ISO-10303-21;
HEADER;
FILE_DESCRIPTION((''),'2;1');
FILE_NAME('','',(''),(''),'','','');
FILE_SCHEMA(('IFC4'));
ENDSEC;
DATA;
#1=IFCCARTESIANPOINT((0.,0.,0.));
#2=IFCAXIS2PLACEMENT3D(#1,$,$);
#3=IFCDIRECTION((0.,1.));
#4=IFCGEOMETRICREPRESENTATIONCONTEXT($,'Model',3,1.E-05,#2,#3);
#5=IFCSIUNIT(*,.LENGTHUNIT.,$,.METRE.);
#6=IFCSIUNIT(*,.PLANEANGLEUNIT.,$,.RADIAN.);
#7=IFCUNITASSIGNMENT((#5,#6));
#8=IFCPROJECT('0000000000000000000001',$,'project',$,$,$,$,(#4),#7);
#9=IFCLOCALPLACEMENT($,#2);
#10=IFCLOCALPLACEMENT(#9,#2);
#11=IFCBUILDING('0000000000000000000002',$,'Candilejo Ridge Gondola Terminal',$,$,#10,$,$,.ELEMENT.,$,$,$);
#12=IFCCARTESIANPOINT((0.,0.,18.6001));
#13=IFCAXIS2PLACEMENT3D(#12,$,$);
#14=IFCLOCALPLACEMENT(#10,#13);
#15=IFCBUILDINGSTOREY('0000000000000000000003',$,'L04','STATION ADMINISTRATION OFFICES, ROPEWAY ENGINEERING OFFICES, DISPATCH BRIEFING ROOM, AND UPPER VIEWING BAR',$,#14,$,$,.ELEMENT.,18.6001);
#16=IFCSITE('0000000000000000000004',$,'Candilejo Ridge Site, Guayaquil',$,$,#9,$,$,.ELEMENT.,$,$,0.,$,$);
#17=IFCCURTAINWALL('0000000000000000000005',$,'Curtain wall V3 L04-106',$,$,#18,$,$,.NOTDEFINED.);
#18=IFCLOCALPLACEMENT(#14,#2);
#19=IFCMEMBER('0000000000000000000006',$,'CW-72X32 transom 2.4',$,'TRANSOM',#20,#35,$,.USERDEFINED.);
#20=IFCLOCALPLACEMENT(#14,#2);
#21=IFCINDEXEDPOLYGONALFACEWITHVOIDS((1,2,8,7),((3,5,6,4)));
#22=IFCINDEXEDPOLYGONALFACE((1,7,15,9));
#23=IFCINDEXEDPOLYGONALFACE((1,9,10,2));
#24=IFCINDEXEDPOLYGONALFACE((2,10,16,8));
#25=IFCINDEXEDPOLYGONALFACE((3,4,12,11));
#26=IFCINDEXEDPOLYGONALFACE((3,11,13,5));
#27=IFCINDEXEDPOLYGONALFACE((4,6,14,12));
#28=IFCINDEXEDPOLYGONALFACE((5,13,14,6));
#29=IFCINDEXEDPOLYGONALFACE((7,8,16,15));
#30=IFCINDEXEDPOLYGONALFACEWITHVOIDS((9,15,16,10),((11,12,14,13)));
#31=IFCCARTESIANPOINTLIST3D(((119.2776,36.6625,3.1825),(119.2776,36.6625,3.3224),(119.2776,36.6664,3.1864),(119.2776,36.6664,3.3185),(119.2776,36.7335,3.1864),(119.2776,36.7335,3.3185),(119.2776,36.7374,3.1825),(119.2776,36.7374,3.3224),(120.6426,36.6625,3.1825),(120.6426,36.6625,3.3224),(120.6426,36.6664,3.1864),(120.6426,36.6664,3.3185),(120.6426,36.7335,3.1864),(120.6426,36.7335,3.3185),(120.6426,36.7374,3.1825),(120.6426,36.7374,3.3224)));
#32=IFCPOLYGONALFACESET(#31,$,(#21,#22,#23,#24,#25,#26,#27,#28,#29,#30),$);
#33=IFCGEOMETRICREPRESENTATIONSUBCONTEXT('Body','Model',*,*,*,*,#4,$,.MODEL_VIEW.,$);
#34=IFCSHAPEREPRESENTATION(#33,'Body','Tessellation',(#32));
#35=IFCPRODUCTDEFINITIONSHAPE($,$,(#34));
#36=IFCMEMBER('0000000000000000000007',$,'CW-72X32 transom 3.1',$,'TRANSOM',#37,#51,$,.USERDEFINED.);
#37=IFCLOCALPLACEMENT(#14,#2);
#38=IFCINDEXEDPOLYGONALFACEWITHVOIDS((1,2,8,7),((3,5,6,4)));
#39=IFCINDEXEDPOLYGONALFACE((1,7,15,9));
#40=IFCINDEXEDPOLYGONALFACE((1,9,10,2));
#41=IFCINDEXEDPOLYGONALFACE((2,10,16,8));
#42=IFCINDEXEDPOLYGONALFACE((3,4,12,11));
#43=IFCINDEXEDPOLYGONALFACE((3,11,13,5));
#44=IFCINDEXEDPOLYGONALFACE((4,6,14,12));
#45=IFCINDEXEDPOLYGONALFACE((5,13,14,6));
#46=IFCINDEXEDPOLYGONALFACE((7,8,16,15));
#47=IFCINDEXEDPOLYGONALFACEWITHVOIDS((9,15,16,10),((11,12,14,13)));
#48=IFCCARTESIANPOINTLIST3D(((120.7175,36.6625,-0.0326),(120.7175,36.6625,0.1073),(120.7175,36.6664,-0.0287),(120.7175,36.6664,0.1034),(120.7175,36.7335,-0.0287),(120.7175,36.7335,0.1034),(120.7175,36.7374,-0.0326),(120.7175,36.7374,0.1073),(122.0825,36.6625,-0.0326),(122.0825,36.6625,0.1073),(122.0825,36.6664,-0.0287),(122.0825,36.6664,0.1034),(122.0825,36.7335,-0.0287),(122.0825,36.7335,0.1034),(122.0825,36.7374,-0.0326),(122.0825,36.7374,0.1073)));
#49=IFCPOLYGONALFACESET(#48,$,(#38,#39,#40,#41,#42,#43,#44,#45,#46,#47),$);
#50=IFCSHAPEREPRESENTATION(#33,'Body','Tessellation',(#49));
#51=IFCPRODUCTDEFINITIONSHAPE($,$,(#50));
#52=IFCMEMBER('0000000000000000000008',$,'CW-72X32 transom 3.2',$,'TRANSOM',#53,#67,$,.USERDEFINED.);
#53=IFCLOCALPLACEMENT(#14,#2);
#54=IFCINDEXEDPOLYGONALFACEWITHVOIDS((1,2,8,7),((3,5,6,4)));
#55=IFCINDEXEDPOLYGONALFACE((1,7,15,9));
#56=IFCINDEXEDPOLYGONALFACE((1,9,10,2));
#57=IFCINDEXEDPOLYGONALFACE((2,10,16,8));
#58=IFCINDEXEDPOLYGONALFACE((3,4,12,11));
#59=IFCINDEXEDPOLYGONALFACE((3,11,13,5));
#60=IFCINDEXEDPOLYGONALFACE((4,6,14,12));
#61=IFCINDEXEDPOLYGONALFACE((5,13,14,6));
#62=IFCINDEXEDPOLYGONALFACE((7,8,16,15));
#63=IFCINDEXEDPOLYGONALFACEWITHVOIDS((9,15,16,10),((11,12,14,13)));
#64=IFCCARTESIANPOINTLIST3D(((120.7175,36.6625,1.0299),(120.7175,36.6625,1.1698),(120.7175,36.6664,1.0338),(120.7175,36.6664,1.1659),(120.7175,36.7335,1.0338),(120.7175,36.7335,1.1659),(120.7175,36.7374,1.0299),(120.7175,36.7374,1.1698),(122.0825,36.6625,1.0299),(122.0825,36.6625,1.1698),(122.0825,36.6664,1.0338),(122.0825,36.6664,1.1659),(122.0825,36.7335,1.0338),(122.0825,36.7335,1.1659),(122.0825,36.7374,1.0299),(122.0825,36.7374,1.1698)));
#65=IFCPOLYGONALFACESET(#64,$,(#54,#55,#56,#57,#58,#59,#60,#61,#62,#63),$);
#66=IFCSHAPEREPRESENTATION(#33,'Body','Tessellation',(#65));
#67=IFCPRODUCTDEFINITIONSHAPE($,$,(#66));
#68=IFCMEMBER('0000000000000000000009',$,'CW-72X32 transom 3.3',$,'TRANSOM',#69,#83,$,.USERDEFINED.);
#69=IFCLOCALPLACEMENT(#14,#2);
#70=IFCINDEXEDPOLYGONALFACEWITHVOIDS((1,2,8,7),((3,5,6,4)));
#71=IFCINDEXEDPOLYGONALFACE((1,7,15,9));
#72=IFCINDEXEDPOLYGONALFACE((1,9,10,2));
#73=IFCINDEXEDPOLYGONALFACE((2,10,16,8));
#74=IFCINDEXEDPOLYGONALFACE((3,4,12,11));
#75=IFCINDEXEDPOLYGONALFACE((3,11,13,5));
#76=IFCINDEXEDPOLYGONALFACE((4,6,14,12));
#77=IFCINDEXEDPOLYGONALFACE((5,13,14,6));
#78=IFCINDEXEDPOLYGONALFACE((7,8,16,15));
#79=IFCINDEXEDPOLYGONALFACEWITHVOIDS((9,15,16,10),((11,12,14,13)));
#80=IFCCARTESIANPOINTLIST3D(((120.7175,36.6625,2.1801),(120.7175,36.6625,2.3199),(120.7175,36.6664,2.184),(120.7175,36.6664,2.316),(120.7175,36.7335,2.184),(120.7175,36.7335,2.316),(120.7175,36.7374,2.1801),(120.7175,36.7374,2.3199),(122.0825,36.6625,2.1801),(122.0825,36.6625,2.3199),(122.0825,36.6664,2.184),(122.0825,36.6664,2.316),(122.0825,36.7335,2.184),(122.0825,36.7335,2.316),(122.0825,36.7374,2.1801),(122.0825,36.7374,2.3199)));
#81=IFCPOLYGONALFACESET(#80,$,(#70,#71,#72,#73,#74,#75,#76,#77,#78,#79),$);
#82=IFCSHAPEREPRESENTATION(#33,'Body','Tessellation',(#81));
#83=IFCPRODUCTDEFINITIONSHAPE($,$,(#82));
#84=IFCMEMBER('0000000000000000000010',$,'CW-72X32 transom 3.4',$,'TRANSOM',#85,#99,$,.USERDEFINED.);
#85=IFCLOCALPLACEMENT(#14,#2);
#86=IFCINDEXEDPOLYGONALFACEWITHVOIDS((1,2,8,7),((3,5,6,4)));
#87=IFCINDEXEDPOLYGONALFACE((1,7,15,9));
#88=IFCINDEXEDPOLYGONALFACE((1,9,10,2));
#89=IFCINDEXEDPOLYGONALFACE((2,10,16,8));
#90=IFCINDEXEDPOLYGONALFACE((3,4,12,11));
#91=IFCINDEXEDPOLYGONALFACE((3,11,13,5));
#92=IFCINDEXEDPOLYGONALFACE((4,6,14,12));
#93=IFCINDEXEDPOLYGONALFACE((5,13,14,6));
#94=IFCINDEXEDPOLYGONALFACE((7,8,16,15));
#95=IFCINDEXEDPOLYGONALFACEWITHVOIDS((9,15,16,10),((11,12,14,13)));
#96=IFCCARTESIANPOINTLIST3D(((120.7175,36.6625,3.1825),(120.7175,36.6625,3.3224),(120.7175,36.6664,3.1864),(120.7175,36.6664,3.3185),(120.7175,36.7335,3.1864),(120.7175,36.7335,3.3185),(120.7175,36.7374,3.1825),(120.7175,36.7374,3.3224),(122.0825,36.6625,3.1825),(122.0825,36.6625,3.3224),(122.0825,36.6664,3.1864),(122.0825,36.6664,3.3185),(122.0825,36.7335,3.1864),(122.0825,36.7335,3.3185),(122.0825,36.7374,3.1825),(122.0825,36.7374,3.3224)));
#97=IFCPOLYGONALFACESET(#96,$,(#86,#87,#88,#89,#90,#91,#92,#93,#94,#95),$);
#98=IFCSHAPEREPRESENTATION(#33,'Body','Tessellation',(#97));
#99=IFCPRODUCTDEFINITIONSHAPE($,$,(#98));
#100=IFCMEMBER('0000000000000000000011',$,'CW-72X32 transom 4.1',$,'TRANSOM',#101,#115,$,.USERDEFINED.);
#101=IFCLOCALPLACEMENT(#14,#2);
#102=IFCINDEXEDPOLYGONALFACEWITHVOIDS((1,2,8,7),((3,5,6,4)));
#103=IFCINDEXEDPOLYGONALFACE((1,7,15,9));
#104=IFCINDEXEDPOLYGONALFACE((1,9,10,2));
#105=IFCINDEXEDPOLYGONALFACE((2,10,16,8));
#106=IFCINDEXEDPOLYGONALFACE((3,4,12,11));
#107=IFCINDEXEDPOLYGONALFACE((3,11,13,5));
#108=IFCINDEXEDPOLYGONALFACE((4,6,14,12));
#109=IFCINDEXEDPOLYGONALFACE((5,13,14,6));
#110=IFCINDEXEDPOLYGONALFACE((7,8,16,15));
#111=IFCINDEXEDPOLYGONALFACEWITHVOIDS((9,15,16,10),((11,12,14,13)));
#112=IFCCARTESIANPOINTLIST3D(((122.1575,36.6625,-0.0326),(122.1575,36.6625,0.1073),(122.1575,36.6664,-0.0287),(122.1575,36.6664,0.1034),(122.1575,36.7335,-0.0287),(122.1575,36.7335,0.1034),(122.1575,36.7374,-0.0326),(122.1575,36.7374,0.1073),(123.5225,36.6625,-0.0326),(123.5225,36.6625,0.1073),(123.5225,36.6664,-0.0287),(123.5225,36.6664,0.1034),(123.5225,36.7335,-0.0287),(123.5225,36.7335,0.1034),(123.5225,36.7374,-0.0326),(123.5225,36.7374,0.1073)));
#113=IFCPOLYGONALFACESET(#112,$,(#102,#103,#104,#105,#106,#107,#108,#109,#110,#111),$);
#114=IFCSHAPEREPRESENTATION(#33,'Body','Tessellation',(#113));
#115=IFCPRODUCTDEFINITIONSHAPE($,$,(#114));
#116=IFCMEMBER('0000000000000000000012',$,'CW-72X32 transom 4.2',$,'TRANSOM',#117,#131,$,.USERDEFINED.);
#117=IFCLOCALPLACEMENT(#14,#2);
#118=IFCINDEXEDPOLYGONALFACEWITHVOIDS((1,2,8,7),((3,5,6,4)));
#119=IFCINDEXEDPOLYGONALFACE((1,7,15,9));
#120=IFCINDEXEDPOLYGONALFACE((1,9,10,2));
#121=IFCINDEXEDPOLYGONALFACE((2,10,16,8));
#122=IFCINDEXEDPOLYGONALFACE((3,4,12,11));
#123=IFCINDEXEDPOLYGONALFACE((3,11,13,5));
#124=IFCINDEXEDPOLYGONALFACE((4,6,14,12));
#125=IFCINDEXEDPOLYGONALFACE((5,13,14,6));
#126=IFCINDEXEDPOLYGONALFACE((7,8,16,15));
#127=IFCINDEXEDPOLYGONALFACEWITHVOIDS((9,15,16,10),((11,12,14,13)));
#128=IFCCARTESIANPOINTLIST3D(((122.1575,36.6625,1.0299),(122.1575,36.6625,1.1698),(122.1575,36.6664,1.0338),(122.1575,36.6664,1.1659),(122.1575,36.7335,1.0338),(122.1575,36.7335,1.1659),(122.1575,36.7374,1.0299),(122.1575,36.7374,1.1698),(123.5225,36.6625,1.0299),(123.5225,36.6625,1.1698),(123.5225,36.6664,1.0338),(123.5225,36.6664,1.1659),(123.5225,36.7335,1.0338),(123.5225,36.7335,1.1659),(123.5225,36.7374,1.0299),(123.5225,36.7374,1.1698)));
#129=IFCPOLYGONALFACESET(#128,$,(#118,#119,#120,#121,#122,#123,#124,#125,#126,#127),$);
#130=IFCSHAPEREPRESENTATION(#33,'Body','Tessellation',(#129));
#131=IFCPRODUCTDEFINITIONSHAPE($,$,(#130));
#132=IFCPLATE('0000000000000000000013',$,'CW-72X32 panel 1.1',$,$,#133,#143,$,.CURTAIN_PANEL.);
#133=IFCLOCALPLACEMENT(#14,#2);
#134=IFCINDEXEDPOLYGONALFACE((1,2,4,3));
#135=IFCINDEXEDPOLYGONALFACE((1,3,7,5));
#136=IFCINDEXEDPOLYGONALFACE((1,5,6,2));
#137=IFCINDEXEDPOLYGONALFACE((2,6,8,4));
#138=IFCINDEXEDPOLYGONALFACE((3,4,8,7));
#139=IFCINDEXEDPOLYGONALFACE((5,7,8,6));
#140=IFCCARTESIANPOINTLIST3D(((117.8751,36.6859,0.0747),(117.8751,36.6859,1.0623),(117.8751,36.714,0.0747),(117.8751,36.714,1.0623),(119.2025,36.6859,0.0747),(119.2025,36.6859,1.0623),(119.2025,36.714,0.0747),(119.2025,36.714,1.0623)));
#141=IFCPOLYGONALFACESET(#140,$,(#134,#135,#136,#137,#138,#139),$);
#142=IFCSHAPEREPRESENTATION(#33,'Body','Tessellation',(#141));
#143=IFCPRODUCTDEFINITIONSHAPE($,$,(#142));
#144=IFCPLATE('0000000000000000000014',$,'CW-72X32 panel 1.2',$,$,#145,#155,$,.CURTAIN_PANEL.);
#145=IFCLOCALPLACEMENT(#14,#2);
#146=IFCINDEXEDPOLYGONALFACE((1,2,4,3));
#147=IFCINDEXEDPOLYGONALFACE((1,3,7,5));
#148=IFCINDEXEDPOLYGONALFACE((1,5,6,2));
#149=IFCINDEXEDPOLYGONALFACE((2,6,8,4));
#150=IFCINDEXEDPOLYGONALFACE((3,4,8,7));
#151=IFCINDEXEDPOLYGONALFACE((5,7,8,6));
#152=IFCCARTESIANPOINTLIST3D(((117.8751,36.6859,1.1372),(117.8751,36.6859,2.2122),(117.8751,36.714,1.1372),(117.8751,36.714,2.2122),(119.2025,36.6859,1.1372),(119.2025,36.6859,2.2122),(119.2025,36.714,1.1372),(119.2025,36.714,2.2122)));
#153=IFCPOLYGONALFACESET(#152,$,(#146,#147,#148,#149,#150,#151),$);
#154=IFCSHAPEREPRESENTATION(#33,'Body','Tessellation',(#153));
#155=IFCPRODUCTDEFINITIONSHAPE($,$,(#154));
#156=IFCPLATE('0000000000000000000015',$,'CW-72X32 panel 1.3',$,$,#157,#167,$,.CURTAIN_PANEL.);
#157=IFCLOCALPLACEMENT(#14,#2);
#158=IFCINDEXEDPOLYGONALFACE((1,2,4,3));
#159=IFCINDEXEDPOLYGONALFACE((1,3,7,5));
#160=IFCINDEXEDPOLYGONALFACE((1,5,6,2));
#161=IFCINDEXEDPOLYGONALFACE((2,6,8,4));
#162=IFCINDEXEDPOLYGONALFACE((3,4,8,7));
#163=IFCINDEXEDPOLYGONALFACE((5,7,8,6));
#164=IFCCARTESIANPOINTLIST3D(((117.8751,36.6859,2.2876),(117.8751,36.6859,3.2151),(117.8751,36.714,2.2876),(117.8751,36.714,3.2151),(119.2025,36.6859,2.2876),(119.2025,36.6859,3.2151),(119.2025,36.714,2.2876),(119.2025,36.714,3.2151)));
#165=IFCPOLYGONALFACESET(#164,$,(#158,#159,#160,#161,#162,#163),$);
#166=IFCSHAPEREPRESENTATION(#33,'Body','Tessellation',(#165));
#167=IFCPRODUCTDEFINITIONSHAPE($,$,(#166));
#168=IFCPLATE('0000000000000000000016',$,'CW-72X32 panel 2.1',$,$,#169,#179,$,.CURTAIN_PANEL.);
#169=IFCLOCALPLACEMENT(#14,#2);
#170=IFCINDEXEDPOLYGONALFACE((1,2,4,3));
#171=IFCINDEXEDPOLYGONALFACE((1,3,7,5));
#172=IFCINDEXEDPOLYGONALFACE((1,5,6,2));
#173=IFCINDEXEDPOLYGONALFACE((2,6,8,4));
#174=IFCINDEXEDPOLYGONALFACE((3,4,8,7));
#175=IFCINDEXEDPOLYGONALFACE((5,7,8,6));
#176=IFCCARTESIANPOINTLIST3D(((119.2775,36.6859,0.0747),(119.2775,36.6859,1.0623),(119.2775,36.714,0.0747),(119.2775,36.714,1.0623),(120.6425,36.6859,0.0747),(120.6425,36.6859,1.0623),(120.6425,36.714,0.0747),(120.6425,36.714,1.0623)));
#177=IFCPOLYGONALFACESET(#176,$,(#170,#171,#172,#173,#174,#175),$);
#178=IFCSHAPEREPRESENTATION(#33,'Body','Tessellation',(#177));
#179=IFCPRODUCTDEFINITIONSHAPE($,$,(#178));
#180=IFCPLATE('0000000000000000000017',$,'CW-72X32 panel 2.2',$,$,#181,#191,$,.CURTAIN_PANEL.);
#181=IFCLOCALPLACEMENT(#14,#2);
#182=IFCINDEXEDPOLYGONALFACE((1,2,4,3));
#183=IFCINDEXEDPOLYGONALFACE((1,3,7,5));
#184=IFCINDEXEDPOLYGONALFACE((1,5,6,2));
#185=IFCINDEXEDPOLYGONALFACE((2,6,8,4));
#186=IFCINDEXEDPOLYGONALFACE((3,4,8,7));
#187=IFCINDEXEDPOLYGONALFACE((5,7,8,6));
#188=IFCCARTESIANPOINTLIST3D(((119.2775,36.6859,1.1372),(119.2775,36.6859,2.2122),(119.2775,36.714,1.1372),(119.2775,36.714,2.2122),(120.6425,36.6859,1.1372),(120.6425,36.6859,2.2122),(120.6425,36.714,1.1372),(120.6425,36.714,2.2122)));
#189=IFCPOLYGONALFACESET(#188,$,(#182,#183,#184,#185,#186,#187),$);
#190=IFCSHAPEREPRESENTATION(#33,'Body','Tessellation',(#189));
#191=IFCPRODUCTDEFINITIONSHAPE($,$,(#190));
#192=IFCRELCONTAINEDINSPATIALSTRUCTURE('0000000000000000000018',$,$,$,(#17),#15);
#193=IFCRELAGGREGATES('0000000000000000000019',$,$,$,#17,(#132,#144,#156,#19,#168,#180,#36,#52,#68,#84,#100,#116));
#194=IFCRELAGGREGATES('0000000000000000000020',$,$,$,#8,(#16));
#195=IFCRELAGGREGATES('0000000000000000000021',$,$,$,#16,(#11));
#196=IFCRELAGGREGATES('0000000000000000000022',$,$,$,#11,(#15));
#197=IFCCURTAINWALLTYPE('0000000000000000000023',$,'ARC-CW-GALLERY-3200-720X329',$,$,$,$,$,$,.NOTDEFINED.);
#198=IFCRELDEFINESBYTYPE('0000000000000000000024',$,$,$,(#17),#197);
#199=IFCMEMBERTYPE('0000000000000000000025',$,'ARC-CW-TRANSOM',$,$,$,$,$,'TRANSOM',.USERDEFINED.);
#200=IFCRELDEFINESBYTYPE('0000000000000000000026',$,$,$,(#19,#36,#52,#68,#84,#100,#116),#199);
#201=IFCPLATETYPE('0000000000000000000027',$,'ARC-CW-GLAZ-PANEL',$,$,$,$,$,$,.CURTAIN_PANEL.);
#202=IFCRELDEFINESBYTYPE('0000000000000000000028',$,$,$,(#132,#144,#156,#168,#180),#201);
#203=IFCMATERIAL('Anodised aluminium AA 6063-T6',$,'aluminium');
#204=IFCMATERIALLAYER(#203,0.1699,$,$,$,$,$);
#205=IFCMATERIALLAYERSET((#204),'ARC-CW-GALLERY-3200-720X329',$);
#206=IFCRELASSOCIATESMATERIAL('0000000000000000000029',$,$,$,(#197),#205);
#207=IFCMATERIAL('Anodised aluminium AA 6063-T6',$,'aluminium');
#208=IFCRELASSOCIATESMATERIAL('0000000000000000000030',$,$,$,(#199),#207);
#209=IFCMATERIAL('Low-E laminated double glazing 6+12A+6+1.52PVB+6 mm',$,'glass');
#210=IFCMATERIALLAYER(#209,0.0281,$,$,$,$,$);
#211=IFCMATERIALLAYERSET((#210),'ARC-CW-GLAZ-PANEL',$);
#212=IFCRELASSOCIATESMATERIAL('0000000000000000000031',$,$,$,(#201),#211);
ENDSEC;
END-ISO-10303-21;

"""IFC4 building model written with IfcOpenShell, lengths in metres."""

from ifc_helpers import new_model, si_unit, direction, frame, origin, origin_2d, place, context, subcontext, project, spatial, rectangle, hollow_rectangle, extrude, material, layer, layer_set, material_profile, profile_set, type_object, element, aggregate, save


model = new_model("IFC4")

# Units and contexts
model_context = context("Model", 3, precision=1e-05, world=origin(), true_north=direction((0.0, 1.0)))
body_context = subcontext(model_context, "Body", "Model", "MODEL_VIEW")
ifc_project = project(units=[si_unit("LENGTHUNIT", "METRE"), si_unit("PLANEANGLEUNIT", "RADIAN")], contexts=[model_context])

# Site, building, storey
site_placement = place(None, origin())
site = spatial("IfcSite", under=ifc_project, at=site_placement, Name="Candilejo Ridge Site, Guayaquil", CompositionType="ELEMENT", RefElevation=0.0)
building_placement = place(site_placement, origin())
building = spatial("IfcBuilding", under=site, at=building_placement, Name="Candilejo Ridge Gondola Terminal", CompositionType="ELEMENT")
storey_placement = place(building_placement, frame((0.0, 0.0, 18.6001)))
storey = spatial("IfcBuildingStorey", under=building, at=storey_placement, Name="L04", Description="STATION ADMINISTRATION OFFICES, ROPEWAY ENGINEERING OFFICES, DISPATCH BRIEFING ROOM, AND UPPER VIEWING BAR", CompositionType="ELEMENT", Elevation=18.6001)

# Curtain wall, members, plates
ifc_material_1 = material(Name="Anodised aluminium AA 6063-T6", Category="aluminium")
ifc_layer_1 = layer(ifc_material_1, 0.1699)
ifc_layer_set_1 = layer_set([ifc_layer_1], Name="ARC-CW-GALLERY-3200-720X329")
curtain_wall_type = type_object("IfcCurtainWallType", Name="ARC-CW-GALLERY-3200-720X329", PredefinedType="NOTDEFINED", material=ifc_layer_set_1)
curtain_wall_placement = place(storey_placement, origin())
curtain_wall = element("IfcCurtainWall", 1, at=curtain_wall_placement, inside=storey, type_object=curtain_wall_type, Name="Curtain wall V3 L04-106", PredefinedType="NOTDEFINED")
ifc_material_2 = material(Name="Anodised aluminium AA 6063-T6", Category="aluminium")
ifc_material_profile_1 = material_profile(ifc_material_2, hollow_rectangle(XDim=0.075, YDim=0.1399, WallThickness=0.0039, at=origin_2d()))
ifc_profile_set_1 = profile_set([ifc_material_profile_1], Name="Anodised aluminium AA 6063-T6")
member_type_1 = type_object("IfcMemberType", Name="ARC-CW-TRANSOM", ElementType="TRANSOM", PredefinedType="USERDEFINED", material=ifc_profile_set_1)
member_1_placement = place(storey_placement, frame((119.2776, 36.7, 3.2524), z_axis=(1.0, 0.0, 0.0), x_axis=(0.0, 1.0, 0.0)))
member_1 = element("IfcMember", 2, at=member_1_placement, type_object=member_type_1, Name="CW-72X32 transom 2.4", ObjectType="TRANSOM", PredefinedType="USERDEFINED", context=body_context, shape_type="SweptSolid", body=[
    extrude(hollow_rectangle(XDim=0.075, YDim=0.1399, WallThickness=0.0039, at=origin_2d()), origin(), (0.0, 0.0, 1.0), 1.365),
])
member_2_placement = place(storey_placement, frame((120.7175, 36.7, 0.0374), z_axis=(1.0, 0.0, 0.0), x_axis=(0.0, 1.0, 0.0)))
member_2 = element("IfcMember", 3, at=member_2_placement, type_object=member_type_1, Name="CW-72X32 transom 3.1", ObjectType="TRANSOM", PredefinedType="USERDEFINED", context=body_context, shape_type="SweptSolid", body=[
    extrude(hollow_rectangle(XDim=0.075, YDim=0.1399, WallThickness=0.0039, at=origin_2d()), origin(), (0.0, 0.0, 1.0), 1.365),
])
member_3_placement = place(storey_placement, frame((120.7175, 36.7, 1.0999), z_axis=(1.0, 0.0, 0.0), x_axis=(0.0, 1.0, 0.0)))
member_3 = element("IfcMember", 4, at=member_3_placement, type_object=member_type_1, Name="CW-72X32 transom 3.2", ObjectType="TRANSOM", PredefinedType="USERDEFINED", context=body_context, shape_type="SweptSolid", body=[
    extrude(hollow_rectangle(XDim=0.075, YDim=0.1399, WallThickness=0.0039, at=origin_2d()), origin(), (0.0, 0.0, 1.0), 1.365),
])
member_4_placement = place(storey_placement, frame((120.7175, 36.7, 2.25), z_axis=(1.0, 0.0, 0.0), x_axis=(0.0, 1.0, 0.0)))
member_4 = element("IfcMember", 5, at=member_4_placement, type_object=member_type_1, Name="CW-72X32 transom 3.3", ObjectType="TRANSOM", PredefinedType="USERDEFINED", context=body_context, shape_type="SweptSolid", body=[
    extrude(hollow_rectangle(XDim=0.075, YDim=0.1399, WallThickness=0.0039, at=origin_2d()), origin(), (0.0, 0.0, 1.0), 1.365),
])
member_5_placement = place(storey_placement, frame((120.7175, 36.7, 3.2524), z_axis=(1.0, 0.0, 0.0), x_axis=(0.0, 1.0, 0.0)))
member_5 = element("IfcMember", 6, at=member_5_placement, type_object=member_type_1, Name="CW-72X32 transom 3.4", ObjectType="TRANSOM", PredefinedType="USERDEFINED", context=body_context, shape_type="SweptSolid", body=[
    extrude(hollow_rectangle(XDim=0.075, YDim=0.1399, WallThickness=0.0039, at=origin_2d()), origin(), (0.0, 0.0, 1.0), 1.365),
])
member_6_placement = place(storey_placement, frame((122.1575, 36.7, 0.0374), z_axis=(1.0, 0.0, 0.0), x_axis=(0.0, 1.0, 0.0)))
member_6 = element("IfcMember", 7, at=member_6_placement, type_object=member_type_1, Name="CW-72X32 transom 4.1", ObjectType="TRANSOM", PredefinedType="USERDEFINED", context=body_context, shape_type="SweptSolid", body=[
    extrude(hollow_rectangle(XDim=0.075, YDim=0.1399, WallThickness=0.0039, at=origin_2d()), origin(), (0.0, 0.0, 1.0), 1.365),
])
member_7_placement = place(storey_placement, frame((122.1575, 36.7, 1.0999), z_axis=(1.0, 0.0, 0.0), x_axis=(0.0, 1.0, 0.0)))
member_7 = element("IfcMember", 8, at=member_7_placement, type_object=member_type_1, Name="CW-72X32 transom 4.2", ObjectType="TRANSOM", PredefinedType="USERDEFINED", context=body_context, shape_type="SweptSolid", body=[
    extrude(hollow_rectangle(XDim=0.075, YDim=0.1399, WallThickness=0.0039, at=origin_2d()), origin(), (0.0, 0.0, 1.0), 1.365),
])
ifc_material_3 = material(Name="Low-E laminated double glazing 6+12A+6+1.52PVB+6 mm", Category="glass")
ifc_layer_2 = layer(ifc_material_3, 0.0281)
ifc_layer_set_2 = layer_set([ifc_layer_2], Name="ARC-CW-GLAZ-PANEL")
plate_type = type_object("IfcPlateType", Name="ARC-CW-GLAZ-PANEL", PredefinedType="CURTAIN_PANEL", material=ifc_layer_set_2)
plate_1_placement = place(storey_placement, frame((118.5388, 36.7, 0.0747), z_axis=(0.0, 0.0, 1.0), x_axis=(1.0, 0.0, 0.0)))
plate_1 = element("IfcPlate", 9, at=plate_1_placement, type_object=plate_type, Name="CW-72X32 panel 1.1", PredefinedType="CURTAIN_PANEL", context=body_context, shape_type="SweptSolid", body=[
    extrude(rectangle(XDim=1.3274, YDim=0.0281, at=origin_2d()), origin(), (0.0, 0.0, 1.0), 0.9875),
])
plate_2_placement = place(storey_placement, frame((118.5388, 36.7, 1.1372), z_axis=(0.0, 0.0, 1.0), x_axis=(1.0, 0.0, 0.0)))
plate_2 = element("IfcPlate", 10, at=plate_2_placement, type_object=plate_type, Name="CW-72X32 panel 1.2", PredefinedType="CURTAIN_PANEL", context=body_context, shape_type="SweptSolid", body=[
    extrude(rectangle(XDim=1.3274, YDim=0.0281, at=origin_2d()), origin(), (0.0, 0.0, 1.0), 1.075),
])
plate_3_placement = place(storey_placement, frame((118.5388, 36.7, 2.2876), z_axis=(0.0, 0.0, 1.0), x_axis=(1.0, 0.0, 0.0)))
plate_3 = element("IfcPlate", 11, at=plate_3_placement, type_object=plate_type, Name="CW-72X32 panel 1.3", PredefinedType="CURTAIN_PANEL", context=body_context, shape_type="SweptSolid", body=[
    extrude(rectangle(XDim=1.3274, YDim=0.0281, at=origin_2d()), origin(), (0.0, 0.0, 1.0), 0.9275),
])
plate_4_placement = place(storey_placement, frame((119.96, 36.7, 0.0747), z_axis=(0.0, 0.0, 1.0), x_axis=(1.0, 0.0, 0.0)))
plate_4 = element("IfcPlate", 12, at=plate_4_placement, type_object=plate_type, Name="CW-72X32 panel 2.1", PredefinedType="CURTAIN_PANEL", context=body_context, shape_type="SweptSolid", body=[
    extrude(rectangle(XDim=1.365, YDim=0.0281, at=origin_2d()), origin(), (0.0, 0.0, 1.0), 0.9875),
])
plate_5_placement = place(storey_placement, frame((119.96, 36.7, 1.1372), z_axis=(0.0, 0.0, 1.0), x_axis=(1.0, 0.0, 0.0)))
plate_5 = element("IfcPlate", 13, at=plate_5_placement, type_object=plate_type, Name="CW-72X32 panel 2.2", PredefinedType="CURTAIN_PANEL", context=body_context, shape_type="SweptSolid", body=[
    extrude(rectangle(XDim=1.365, YDim=0.0281, at=origin_2d()), origin(), (0.0, 0.0, 1.0), 1.075),
])
aggregate(curtain_wall, [plate_1, plate_2, plate_3, member_1, plate_4, plate_5, member_2, member_3, member_4, member_5, member_6, member_7])

save(model, "model.ifc")
